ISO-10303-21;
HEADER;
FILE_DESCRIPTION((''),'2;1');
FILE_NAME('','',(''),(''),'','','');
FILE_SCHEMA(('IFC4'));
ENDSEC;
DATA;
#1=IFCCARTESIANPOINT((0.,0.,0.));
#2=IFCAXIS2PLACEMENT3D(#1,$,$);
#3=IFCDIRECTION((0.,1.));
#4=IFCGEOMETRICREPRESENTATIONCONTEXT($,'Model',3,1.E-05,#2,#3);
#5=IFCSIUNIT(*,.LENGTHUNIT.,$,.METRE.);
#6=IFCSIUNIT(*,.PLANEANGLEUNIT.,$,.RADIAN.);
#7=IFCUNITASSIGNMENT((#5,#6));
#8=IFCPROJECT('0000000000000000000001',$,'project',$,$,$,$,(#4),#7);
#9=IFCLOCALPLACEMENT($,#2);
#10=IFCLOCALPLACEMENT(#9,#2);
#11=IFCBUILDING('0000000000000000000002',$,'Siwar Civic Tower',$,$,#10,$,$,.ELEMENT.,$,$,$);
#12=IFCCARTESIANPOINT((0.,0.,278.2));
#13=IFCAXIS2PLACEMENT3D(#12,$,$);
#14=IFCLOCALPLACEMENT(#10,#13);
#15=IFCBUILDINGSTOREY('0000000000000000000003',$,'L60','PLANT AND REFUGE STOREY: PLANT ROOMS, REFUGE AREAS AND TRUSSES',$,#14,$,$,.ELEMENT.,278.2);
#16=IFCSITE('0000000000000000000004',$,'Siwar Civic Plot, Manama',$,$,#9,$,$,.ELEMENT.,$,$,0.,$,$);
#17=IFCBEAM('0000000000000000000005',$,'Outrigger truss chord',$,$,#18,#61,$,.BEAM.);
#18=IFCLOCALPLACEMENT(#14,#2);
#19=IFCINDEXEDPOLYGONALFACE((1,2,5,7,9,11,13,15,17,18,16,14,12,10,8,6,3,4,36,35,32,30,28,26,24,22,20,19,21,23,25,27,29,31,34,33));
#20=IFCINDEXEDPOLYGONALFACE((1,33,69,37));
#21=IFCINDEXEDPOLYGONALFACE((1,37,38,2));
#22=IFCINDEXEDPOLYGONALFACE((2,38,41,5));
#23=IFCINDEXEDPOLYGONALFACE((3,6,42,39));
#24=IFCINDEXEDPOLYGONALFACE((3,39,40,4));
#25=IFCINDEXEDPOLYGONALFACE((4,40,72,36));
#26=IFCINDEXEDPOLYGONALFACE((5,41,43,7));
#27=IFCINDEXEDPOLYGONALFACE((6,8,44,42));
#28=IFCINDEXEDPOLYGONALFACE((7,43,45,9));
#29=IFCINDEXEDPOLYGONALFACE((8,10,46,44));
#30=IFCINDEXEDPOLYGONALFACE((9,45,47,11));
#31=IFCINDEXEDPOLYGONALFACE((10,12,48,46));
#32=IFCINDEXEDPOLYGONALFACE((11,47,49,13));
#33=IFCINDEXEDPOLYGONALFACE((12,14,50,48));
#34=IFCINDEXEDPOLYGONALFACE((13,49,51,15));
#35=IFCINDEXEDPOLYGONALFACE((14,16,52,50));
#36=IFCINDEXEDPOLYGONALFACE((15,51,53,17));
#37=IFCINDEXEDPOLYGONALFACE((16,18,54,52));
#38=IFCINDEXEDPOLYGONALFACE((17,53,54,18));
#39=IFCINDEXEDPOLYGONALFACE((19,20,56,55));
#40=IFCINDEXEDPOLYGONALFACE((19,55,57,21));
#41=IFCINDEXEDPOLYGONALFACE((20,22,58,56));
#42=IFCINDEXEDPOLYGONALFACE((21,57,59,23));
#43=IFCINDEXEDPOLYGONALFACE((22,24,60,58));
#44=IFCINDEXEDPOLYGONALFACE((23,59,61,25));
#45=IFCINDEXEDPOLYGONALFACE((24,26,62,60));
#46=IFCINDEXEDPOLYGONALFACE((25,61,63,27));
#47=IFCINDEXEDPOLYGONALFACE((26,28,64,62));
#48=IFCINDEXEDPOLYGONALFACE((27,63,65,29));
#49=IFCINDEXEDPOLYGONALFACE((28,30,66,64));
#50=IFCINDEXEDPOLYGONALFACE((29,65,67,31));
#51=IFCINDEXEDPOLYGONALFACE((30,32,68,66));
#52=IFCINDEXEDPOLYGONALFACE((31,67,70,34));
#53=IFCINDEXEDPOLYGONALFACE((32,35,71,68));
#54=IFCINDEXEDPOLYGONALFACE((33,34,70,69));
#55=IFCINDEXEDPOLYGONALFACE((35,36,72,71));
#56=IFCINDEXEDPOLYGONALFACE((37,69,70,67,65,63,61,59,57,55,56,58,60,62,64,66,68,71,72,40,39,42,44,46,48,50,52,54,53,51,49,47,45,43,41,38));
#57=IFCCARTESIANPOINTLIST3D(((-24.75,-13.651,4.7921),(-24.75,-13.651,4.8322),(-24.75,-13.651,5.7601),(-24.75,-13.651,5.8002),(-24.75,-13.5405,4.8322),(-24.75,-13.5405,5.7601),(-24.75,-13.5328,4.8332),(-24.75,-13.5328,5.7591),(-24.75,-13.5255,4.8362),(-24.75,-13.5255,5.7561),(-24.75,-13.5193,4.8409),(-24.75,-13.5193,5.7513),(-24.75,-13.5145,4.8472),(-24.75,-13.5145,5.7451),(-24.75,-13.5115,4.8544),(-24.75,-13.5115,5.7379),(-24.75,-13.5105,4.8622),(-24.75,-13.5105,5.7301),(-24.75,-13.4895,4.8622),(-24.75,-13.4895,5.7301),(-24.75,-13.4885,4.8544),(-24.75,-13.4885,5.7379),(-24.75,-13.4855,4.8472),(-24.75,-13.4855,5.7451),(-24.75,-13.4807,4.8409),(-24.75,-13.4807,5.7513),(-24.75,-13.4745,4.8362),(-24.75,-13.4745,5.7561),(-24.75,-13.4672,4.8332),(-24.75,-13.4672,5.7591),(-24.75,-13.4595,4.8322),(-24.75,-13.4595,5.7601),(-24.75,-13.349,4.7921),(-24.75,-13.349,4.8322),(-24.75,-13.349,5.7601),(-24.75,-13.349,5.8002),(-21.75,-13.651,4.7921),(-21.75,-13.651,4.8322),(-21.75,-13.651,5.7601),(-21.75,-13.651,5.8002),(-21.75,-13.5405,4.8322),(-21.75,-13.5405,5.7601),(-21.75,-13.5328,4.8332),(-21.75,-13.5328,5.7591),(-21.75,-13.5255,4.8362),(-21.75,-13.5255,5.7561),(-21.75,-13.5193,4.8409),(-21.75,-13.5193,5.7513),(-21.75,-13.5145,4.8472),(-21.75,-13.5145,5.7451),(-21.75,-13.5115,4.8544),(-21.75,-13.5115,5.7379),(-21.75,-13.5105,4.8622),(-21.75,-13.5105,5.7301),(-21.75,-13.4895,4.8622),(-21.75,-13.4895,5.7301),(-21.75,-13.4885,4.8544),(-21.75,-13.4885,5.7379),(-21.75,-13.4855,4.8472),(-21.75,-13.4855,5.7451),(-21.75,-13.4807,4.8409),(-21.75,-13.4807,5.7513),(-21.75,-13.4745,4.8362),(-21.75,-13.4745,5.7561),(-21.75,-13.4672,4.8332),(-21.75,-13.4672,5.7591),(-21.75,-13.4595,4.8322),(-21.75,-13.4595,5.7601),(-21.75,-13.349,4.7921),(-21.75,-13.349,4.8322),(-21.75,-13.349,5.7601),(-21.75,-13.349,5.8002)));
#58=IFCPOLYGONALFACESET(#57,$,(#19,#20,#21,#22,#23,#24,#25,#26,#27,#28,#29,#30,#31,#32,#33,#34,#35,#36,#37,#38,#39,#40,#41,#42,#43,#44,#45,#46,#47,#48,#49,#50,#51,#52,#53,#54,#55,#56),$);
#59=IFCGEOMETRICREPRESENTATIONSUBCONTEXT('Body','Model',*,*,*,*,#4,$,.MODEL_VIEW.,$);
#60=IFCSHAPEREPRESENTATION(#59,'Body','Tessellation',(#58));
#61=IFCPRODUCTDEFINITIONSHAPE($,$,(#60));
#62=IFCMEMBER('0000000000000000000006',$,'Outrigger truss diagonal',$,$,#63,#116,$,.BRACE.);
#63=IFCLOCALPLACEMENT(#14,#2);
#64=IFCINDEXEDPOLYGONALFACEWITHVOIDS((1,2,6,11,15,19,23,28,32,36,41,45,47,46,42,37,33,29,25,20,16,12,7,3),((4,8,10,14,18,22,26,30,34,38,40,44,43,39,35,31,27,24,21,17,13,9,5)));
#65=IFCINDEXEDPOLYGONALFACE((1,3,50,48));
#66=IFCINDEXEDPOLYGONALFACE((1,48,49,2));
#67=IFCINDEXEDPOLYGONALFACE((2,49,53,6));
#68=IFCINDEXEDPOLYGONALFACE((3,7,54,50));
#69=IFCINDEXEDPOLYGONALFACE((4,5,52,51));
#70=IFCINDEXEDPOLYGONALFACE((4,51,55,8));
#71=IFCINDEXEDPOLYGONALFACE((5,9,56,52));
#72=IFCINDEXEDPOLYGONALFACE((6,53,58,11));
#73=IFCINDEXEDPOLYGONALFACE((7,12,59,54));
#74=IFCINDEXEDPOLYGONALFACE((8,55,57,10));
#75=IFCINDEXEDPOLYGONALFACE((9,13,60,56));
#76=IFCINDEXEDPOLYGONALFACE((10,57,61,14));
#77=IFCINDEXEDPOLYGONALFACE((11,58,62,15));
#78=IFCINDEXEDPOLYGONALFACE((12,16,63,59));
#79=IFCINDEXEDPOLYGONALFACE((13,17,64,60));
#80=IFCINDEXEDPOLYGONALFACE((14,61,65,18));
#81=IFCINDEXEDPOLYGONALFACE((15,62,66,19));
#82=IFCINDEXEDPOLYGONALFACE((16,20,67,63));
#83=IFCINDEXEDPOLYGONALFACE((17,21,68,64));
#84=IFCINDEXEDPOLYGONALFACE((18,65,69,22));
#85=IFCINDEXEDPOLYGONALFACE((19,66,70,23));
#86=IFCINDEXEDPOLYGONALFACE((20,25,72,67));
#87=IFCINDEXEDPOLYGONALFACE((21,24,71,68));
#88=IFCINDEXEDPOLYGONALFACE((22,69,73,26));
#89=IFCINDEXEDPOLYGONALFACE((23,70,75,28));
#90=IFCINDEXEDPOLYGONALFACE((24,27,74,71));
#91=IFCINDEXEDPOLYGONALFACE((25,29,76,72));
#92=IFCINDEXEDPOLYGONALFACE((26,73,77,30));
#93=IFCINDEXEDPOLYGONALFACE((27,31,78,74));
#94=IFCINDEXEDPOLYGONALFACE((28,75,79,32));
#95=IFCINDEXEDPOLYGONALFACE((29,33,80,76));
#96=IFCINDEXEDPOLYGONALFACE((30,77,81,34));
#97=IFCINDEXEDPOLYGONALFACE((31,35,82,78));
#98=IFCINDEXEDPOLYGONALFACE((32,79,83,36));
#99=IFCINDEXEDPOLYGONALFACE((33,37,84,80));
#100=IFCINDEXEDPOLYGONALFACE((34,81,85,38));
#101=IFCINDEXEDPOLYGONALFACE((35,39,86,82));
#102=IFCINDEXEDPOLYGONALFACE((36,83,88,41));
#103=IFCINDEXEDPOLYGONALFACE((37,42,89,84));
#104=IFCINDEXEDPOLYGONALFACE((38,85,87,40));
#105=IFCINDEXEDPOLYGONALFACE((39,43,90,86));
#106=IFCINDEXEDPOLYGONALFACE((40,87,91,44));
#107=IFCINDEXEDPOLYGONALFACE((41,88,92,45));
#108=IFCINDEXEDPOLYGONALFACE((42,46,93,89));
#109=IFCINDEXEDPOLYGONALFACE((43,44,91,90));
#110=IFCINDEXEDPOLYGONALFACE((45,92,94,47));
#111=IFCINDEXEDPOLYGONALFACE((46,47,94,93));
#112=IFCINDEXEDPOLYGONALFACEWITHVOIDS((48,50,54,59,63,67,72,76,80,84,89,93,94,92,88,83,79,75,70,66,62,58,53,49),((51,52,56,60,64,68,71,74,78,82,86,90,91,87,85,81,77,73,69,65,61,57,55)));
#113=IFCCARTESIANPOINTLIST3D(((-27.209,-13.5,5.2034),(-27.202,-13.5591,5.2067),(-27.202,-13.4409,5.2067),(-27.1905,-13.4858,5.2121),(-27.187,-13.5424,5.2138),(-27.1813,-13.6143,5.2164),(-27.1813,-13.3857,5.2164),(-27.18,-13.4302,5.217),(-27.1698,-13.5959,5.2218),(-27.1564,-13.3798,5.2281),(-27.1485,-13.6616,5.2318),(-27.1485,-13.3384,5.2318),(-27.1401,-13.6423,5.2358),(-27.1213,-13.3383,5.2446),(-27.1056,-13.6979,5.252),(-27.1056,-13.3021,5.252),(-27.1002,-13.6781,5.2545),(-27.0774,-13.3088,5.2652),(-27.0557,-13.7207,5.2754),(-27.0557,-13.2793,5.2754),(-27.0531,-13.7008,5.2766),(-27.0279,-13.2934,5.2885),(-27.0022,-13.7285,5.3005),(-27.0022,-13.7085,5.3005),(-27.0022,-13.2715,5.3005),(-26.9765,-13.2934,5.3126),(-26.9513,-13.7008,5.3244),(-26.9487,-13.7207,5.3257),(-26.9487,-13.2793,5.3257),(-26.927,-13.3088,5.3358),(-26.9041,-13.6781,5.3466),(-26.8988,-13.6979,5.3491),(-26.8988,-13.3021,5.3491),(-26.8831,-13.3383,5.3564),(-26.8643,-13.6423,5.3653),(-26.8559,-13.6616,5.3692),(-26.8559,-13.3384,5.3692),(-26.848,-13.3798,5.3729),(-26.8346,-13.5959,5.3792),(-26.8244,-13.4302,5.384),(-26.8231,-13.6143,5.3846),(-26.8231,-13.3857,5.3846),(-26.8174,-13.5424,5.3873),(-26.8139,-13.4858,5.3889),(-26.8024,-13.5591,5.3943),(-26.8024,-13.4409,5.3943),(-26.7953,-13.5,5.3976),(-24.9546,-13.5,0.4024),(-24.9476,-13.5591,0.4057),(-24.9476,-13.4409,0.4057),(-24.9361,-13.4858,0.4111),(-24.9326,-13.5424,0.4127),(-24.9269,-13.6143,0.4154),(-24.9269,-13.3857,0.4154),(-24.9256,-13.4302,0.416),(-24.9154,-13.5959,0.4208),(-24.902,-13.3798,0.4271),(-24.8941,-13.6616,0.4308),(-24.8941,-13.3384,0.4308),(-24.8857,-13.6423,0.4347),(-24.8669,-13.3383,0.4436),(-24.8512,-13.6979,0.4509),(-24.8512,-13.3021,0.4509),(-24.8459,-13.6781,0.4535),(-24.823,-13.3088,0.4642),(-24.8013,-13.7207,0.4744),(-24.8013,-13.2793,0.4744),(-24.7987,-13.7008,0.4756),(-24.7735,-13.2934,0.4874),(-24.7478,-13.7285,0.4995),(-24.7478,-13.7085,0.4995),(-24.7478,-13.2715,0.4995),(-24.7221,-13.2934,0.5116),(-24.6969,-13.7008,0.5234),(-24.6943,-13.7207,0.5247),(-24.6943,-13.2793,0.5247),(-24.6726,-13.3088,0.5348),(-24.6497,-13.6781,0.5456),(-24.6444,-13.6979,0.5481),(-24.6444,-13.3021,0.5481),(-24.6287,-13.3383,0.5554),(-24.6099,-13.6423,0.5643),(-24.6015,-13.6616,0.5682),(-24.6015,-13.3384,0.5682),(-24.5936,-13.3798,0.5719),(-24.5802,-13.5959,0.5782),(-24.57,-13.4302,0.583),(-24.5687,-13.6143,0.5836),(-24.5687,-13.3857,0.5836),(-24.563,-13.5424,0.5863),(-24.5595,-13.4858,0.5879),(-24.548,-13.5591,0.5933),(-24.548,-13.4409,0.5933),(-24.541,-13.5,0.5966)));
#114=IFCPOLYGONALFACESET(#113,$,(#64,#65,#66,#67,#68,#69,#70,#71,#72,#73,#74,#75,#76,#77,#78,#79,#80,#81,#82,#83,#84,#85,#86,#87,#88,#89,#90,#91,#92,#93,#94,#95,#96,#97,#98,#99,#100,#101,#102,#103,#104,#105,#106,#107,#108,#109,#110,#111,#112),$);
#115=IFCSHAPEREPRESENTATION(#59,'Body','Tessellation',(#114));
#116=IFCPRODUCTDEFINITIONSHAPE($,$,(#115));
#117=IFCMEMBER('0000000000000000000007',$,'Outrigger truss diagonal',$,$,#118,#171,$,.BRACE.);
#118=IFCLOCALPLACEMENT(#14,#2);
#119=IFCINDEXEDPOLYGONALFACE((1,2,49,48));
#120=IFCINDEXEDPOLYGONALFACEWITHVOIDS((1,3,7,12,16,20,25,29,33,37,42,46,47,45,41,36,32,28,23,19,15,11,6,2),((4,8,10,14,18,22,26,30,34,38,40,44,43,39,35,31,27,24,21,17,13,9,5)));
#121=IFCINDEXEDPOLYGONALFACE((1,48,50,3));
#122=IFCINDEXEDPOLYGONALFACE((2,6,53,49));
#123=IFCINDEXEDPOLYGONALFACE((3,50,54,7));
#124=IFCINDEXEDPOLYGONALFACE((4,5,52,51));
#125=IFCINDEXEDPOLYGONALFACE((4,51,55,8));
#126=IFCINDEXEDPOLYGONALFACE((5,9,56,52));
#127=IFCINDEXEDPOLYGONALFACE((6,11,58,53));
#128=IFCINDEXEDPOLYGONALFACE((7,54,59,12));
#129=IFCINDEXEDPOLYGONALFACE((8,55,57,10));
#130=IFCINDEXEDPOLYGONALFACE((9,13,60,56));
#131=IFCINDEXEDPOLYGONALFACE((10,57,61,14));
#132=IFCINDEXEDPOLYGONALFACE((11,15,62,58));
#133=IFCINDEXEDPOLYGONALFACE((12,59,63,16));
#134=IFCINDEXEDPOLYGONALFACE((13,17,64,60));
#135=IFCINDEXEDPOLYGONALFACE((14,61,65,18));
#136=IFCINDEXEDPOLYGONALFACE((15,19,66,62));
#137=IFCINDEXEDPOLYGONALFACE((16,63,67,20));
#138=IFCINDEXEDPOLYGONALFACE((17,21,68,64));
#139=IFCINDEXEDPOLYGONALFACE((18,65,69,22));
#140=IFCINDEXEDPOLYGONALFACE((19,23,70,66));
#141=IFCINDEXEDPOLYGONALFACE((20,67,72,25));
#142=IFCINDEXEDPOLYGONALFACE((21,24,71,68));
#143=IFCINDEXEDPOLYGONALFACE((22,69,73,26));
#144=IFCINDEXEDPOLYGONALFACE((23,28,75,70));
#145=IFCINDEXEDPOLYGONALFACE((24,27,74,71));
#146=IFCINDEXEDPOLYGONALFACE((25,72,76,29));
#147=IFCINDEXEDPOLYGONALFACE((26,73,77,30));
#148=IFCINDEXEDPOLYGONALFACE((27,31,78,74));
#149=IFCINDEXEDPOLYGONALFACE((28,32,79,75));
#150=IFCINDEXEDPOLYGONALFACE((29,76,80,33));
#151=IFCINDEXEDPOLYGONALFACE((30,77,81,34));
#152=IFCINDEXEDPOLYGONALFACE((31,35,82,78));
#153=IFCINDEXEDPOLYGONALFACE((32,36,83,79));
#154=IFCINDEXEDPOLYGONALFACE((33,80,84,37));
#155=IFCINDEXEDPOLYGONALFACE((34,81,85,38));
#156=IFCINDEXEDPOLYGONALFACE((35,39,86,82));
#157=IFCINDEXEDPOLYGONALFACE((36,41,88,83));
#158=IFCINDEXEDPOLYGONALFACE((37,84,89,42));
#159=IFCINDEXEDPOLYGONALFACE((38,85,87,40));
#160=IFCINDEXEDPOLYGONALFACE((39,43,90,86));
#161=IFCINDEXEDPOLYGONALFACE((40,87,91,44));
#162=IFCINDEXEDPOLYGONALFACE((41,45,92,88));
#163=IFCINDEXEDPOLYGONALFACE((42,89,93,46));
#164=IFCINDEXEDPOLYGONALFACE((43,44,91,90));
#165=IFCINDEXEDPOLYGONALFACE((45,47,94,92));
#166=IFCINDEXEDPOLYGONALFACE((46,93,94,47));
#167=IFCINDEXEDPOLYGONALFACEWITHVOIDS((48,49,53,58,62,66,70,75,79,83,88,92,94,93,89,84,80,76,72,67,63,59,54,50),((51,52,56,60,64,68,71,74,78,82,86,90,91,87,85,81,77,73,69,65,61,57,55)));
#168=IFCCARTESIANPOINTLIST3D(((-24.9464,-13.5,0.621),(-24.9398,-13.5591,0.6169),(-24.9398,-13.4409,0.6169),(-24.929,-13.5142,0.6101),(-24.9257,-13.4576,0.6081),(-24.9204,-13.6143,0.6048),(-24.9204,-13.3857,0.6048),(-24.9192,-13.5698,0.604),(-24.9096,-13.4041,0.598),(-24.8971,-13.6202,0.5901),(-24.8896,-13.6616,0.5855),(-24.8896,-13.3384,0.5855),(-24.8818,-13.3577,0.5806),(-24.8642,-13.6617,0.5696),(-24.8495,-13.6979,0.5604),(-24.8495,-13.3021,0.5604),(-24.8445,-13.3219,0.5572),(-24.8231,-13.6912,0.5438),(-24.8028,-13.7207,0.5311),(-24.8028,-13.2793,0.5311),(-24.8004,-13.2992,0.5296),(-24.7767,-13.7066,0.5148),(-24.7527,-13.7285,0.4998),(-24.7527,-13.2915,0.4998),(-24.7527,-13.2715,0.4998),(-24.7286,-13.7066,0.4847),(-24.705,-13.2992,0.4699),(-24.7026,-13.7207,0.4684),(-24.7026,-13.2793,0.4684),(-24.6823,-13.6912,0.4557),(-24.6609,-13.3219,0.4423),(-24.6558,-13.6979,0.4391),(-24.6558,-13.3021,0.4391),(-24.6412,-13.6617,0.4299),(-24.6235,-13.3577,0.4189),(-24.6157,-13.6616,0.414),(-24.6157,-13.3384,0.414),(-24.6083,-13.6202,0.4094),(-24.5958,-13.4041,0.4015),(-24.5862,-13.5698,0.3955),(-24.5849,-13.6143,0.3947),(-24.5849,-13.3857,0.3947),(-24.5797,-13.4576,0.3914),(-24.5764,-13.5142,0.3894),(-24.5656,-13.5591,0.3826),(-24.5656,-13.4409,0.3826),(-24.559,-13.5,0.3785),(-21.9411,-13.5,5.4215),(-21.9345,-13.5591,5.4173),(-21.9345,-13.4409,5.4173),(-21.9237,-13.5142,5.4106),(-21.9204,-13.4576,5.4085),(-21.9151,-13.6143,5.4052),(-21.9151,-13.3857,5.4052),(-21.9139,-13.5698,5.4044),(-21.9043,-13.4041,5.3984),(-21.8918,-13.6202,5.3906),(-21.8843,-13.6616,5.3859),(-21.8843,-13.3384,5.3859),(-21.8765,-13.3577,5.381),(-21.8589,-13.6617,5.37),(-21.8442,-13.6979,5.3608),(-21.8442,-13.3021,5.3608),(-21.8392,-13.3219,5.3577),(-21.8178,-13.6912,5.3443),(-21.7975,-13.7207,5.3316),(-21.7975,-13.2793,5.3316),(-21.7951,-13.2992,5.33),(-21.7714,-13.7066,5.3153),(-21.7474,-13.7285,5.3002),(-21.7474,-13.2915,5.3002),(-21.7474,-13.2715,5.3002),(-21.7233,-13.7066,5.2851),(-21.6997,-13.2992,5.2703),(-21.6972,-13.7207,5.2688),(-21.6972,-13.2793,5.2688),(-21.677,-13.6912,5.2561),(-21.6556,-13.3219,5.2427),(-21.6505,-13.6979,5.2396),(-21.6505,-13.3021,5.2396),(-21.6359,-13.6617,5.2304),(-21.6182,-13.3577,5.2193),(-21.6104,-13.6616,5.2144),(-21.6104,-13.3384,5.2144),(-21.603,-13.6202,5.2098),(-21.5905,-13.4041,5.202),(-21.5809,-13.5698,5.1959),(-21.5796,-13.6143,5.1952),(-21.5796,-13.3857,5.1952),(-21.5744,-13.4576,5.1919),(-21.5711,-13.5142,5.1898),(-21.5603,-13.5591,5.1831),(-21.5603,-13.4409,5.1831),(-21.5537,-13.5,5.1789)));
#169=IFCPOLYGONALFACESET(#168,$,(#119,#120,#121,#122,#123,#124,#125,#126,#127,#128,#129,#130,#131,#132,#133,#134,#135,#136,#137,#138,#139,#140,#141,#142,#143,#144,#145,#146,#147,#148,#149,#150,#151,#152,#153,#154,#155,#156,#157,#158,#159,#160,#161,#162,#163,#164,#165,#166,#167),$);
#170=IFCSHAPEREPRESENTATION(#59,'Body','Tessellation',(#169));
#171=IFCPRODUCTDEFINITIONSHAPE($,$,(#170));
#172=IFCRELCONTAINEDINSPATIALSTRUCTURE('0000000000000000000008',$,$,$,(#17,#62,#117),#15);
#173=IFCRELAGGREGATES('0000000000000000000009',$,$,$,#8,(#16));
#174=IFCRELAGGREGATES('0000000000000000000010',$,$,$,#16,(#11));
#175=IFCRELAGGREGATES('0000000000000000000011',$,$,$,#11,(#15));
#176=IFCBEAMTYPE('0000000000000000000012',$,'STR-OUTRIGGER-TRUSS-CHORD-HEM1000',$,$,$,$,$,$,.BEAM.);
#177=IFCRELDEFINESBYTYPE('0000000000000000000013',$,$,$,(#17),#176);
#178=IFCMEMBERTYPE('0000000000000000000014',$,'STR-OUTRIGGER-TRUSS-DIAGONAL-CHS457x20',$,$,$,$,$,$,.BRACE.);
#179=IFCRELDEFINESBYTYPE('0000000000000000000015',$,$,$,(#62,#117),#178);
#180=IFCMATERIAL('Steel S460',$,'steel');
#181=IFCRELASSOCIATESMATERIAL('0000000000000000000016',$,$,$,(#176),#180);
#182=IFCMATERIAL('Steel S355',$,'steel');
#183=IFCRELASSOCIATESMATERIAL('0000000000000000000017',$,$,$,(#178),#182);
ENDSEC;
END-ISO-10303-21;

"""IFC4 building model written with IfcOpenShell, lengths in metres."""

from ifc_helpers import new_model, si_unit, direction, frame, origin, origin_2d, place, context, subcontext, project, spatial, hollow_circle, i_section, extrude, material, material_profile, profile_set, type_object, element, save


model = new_model("IFC4")

# Units and contexts
model_context = context("Model", 3, precision=1e-05, world=origin(), true_north=direction((0.0, 1.0)))
body_context = subcontext(model_context, "Body", "Model", "MODEL_VIEW")
ifc_project = project(units=[si_unit("LENGTHUNIT", "METRE"), si_unit("PLANEANGLEUNIT", "RADIAN")], contexts=[model_context])

# Site, building, storey
site_placement = place(None, origin())
site = spatial("IfcSite", under=ifc_project, at=site_placement, Name="Siwar Civic Plot, Manama", CompositionType="ELEMENT", RefElevation=0.0)
building_placement = place(site_placement, origin())
building = spatial("IfcBuilding", under=site, at=building_placement, Name="Siwar Civic Tower", CompositionType="ELEMENT")
storey_placement = place(building_placement, frame((0.0, 0.0, 278.2)))
storey = spatial("IfcBuildingStorey", under=building, at=storey_placement, Name="L60", Description="PLANT AND REFUGE STOREY: PLANT ROOMS, REFUGE AREAS AND TRUSSES", CompositionType="ELEMENT", Elevation=278.2)

# Beam
ifc_material_1 = material(Name="Steel S460", Category="steel")
ifc_material_profile_1 = material_profile(ifc_material_1, i_section(OverallWidth=0.302, OverallDepth=1.0081, WebThickness=0.021, FlangeThickness=0.04, FilletRadius=0.03, at=origin_2d()), Name="HEM1000")
ifc_profile_set_1 = profile_set([ifc_material_profile_1], Name="Steel S460")
beam_type_1 = type_object("IfcBeamType", Name="STR-OUTRIGGER-TRUSS-CHORD-HEM1000", PredefinedType="BEAM", material=ifc_profile_set_1)
for number, where, z_axis, x_axis, name in (
    (1, (-24.75, -13.5, 5.2961), (1.0, 0.0, 0.0), (0.0, 1.0, 0.0), "Outrigger truss chord"),
):
    element("IfcBeam", number, at=place(storey_placement, frame(where, z_axis=z_axis, x_axis=x_axis)), inside=storey, type_object=beam_type_1, Name=name, PredefinedType="BEAM", context=body_context, shape_type="SweptSolid", body=[
        extrude(i_section(OverallWidth=0.302, OverallDepth=1.0081, WebThickness=0.021, FlangeThickness=0.04, FilletRadius=0.03, at=origin_2d()), origin(), (0.0, 0.0, 1.0), 3.0),
    ])

# Members
ifc_material_2 = material(Name="Steel S355", Category="steel")
ifc_material_profile_2 = material_profile(ifc_material_2, hollow_circle(Radius=0.2285, WallThickness=0.02, at=origin_2d()), Name="CHS457x20")
ifc_profile_set_2 = profile_set([ifc_material_profile_2], Name="Steel S355")
member_type_1 = type_object("IfcMemberType", Name="STR-OUTRIGGER-TRUSS-DIAGONAL-CHS457x20", PredefinedType="BRACE", material=ifc_profile_set_2)
member_1_placement = place(storey_placement, frame((-24.7478, -13.5, 0.4995), z_axis=(-0.425039, 0.0, 0.905175), x_axis=(0.0, -1.0, 0.0)))
element("IfcMember", 2, at=member_1_placement, inside=storey, type_object=member_type_1, Name="Outrigger truss diagonal", PredefinedType="BRACE", context=body_context, shape_type="SweptSolid", body=[
    extrude(hollow_circle(Radius=0.2285, WallThickness=0.02, at=origin_2d()), origin(), (0.0, 0.0, 1.0), 5.304),
])
member_2_placement = place(storey_placement, frame((-24.7527, -13.5, 0.4998), z_axis=(0.530638, 0.0, 0.847598), x_axis=(0.0, 1.0, 0.0)))
element("IfcMember", 3, at=member_2_placement, inside=storey, type_object=member_type_1, Name="Outrigger truss diagonal", PredefinedType="BRACE", context=body_context, shape_type="SweptSolid", body=[
    extrude(hollow_circle(Radius=0.2285, WallThickness=0.02, at=origin_2d()), origin(), (0.0, 0.0, 1.0), 5.6636),
])

save(model, "model.ifc")
